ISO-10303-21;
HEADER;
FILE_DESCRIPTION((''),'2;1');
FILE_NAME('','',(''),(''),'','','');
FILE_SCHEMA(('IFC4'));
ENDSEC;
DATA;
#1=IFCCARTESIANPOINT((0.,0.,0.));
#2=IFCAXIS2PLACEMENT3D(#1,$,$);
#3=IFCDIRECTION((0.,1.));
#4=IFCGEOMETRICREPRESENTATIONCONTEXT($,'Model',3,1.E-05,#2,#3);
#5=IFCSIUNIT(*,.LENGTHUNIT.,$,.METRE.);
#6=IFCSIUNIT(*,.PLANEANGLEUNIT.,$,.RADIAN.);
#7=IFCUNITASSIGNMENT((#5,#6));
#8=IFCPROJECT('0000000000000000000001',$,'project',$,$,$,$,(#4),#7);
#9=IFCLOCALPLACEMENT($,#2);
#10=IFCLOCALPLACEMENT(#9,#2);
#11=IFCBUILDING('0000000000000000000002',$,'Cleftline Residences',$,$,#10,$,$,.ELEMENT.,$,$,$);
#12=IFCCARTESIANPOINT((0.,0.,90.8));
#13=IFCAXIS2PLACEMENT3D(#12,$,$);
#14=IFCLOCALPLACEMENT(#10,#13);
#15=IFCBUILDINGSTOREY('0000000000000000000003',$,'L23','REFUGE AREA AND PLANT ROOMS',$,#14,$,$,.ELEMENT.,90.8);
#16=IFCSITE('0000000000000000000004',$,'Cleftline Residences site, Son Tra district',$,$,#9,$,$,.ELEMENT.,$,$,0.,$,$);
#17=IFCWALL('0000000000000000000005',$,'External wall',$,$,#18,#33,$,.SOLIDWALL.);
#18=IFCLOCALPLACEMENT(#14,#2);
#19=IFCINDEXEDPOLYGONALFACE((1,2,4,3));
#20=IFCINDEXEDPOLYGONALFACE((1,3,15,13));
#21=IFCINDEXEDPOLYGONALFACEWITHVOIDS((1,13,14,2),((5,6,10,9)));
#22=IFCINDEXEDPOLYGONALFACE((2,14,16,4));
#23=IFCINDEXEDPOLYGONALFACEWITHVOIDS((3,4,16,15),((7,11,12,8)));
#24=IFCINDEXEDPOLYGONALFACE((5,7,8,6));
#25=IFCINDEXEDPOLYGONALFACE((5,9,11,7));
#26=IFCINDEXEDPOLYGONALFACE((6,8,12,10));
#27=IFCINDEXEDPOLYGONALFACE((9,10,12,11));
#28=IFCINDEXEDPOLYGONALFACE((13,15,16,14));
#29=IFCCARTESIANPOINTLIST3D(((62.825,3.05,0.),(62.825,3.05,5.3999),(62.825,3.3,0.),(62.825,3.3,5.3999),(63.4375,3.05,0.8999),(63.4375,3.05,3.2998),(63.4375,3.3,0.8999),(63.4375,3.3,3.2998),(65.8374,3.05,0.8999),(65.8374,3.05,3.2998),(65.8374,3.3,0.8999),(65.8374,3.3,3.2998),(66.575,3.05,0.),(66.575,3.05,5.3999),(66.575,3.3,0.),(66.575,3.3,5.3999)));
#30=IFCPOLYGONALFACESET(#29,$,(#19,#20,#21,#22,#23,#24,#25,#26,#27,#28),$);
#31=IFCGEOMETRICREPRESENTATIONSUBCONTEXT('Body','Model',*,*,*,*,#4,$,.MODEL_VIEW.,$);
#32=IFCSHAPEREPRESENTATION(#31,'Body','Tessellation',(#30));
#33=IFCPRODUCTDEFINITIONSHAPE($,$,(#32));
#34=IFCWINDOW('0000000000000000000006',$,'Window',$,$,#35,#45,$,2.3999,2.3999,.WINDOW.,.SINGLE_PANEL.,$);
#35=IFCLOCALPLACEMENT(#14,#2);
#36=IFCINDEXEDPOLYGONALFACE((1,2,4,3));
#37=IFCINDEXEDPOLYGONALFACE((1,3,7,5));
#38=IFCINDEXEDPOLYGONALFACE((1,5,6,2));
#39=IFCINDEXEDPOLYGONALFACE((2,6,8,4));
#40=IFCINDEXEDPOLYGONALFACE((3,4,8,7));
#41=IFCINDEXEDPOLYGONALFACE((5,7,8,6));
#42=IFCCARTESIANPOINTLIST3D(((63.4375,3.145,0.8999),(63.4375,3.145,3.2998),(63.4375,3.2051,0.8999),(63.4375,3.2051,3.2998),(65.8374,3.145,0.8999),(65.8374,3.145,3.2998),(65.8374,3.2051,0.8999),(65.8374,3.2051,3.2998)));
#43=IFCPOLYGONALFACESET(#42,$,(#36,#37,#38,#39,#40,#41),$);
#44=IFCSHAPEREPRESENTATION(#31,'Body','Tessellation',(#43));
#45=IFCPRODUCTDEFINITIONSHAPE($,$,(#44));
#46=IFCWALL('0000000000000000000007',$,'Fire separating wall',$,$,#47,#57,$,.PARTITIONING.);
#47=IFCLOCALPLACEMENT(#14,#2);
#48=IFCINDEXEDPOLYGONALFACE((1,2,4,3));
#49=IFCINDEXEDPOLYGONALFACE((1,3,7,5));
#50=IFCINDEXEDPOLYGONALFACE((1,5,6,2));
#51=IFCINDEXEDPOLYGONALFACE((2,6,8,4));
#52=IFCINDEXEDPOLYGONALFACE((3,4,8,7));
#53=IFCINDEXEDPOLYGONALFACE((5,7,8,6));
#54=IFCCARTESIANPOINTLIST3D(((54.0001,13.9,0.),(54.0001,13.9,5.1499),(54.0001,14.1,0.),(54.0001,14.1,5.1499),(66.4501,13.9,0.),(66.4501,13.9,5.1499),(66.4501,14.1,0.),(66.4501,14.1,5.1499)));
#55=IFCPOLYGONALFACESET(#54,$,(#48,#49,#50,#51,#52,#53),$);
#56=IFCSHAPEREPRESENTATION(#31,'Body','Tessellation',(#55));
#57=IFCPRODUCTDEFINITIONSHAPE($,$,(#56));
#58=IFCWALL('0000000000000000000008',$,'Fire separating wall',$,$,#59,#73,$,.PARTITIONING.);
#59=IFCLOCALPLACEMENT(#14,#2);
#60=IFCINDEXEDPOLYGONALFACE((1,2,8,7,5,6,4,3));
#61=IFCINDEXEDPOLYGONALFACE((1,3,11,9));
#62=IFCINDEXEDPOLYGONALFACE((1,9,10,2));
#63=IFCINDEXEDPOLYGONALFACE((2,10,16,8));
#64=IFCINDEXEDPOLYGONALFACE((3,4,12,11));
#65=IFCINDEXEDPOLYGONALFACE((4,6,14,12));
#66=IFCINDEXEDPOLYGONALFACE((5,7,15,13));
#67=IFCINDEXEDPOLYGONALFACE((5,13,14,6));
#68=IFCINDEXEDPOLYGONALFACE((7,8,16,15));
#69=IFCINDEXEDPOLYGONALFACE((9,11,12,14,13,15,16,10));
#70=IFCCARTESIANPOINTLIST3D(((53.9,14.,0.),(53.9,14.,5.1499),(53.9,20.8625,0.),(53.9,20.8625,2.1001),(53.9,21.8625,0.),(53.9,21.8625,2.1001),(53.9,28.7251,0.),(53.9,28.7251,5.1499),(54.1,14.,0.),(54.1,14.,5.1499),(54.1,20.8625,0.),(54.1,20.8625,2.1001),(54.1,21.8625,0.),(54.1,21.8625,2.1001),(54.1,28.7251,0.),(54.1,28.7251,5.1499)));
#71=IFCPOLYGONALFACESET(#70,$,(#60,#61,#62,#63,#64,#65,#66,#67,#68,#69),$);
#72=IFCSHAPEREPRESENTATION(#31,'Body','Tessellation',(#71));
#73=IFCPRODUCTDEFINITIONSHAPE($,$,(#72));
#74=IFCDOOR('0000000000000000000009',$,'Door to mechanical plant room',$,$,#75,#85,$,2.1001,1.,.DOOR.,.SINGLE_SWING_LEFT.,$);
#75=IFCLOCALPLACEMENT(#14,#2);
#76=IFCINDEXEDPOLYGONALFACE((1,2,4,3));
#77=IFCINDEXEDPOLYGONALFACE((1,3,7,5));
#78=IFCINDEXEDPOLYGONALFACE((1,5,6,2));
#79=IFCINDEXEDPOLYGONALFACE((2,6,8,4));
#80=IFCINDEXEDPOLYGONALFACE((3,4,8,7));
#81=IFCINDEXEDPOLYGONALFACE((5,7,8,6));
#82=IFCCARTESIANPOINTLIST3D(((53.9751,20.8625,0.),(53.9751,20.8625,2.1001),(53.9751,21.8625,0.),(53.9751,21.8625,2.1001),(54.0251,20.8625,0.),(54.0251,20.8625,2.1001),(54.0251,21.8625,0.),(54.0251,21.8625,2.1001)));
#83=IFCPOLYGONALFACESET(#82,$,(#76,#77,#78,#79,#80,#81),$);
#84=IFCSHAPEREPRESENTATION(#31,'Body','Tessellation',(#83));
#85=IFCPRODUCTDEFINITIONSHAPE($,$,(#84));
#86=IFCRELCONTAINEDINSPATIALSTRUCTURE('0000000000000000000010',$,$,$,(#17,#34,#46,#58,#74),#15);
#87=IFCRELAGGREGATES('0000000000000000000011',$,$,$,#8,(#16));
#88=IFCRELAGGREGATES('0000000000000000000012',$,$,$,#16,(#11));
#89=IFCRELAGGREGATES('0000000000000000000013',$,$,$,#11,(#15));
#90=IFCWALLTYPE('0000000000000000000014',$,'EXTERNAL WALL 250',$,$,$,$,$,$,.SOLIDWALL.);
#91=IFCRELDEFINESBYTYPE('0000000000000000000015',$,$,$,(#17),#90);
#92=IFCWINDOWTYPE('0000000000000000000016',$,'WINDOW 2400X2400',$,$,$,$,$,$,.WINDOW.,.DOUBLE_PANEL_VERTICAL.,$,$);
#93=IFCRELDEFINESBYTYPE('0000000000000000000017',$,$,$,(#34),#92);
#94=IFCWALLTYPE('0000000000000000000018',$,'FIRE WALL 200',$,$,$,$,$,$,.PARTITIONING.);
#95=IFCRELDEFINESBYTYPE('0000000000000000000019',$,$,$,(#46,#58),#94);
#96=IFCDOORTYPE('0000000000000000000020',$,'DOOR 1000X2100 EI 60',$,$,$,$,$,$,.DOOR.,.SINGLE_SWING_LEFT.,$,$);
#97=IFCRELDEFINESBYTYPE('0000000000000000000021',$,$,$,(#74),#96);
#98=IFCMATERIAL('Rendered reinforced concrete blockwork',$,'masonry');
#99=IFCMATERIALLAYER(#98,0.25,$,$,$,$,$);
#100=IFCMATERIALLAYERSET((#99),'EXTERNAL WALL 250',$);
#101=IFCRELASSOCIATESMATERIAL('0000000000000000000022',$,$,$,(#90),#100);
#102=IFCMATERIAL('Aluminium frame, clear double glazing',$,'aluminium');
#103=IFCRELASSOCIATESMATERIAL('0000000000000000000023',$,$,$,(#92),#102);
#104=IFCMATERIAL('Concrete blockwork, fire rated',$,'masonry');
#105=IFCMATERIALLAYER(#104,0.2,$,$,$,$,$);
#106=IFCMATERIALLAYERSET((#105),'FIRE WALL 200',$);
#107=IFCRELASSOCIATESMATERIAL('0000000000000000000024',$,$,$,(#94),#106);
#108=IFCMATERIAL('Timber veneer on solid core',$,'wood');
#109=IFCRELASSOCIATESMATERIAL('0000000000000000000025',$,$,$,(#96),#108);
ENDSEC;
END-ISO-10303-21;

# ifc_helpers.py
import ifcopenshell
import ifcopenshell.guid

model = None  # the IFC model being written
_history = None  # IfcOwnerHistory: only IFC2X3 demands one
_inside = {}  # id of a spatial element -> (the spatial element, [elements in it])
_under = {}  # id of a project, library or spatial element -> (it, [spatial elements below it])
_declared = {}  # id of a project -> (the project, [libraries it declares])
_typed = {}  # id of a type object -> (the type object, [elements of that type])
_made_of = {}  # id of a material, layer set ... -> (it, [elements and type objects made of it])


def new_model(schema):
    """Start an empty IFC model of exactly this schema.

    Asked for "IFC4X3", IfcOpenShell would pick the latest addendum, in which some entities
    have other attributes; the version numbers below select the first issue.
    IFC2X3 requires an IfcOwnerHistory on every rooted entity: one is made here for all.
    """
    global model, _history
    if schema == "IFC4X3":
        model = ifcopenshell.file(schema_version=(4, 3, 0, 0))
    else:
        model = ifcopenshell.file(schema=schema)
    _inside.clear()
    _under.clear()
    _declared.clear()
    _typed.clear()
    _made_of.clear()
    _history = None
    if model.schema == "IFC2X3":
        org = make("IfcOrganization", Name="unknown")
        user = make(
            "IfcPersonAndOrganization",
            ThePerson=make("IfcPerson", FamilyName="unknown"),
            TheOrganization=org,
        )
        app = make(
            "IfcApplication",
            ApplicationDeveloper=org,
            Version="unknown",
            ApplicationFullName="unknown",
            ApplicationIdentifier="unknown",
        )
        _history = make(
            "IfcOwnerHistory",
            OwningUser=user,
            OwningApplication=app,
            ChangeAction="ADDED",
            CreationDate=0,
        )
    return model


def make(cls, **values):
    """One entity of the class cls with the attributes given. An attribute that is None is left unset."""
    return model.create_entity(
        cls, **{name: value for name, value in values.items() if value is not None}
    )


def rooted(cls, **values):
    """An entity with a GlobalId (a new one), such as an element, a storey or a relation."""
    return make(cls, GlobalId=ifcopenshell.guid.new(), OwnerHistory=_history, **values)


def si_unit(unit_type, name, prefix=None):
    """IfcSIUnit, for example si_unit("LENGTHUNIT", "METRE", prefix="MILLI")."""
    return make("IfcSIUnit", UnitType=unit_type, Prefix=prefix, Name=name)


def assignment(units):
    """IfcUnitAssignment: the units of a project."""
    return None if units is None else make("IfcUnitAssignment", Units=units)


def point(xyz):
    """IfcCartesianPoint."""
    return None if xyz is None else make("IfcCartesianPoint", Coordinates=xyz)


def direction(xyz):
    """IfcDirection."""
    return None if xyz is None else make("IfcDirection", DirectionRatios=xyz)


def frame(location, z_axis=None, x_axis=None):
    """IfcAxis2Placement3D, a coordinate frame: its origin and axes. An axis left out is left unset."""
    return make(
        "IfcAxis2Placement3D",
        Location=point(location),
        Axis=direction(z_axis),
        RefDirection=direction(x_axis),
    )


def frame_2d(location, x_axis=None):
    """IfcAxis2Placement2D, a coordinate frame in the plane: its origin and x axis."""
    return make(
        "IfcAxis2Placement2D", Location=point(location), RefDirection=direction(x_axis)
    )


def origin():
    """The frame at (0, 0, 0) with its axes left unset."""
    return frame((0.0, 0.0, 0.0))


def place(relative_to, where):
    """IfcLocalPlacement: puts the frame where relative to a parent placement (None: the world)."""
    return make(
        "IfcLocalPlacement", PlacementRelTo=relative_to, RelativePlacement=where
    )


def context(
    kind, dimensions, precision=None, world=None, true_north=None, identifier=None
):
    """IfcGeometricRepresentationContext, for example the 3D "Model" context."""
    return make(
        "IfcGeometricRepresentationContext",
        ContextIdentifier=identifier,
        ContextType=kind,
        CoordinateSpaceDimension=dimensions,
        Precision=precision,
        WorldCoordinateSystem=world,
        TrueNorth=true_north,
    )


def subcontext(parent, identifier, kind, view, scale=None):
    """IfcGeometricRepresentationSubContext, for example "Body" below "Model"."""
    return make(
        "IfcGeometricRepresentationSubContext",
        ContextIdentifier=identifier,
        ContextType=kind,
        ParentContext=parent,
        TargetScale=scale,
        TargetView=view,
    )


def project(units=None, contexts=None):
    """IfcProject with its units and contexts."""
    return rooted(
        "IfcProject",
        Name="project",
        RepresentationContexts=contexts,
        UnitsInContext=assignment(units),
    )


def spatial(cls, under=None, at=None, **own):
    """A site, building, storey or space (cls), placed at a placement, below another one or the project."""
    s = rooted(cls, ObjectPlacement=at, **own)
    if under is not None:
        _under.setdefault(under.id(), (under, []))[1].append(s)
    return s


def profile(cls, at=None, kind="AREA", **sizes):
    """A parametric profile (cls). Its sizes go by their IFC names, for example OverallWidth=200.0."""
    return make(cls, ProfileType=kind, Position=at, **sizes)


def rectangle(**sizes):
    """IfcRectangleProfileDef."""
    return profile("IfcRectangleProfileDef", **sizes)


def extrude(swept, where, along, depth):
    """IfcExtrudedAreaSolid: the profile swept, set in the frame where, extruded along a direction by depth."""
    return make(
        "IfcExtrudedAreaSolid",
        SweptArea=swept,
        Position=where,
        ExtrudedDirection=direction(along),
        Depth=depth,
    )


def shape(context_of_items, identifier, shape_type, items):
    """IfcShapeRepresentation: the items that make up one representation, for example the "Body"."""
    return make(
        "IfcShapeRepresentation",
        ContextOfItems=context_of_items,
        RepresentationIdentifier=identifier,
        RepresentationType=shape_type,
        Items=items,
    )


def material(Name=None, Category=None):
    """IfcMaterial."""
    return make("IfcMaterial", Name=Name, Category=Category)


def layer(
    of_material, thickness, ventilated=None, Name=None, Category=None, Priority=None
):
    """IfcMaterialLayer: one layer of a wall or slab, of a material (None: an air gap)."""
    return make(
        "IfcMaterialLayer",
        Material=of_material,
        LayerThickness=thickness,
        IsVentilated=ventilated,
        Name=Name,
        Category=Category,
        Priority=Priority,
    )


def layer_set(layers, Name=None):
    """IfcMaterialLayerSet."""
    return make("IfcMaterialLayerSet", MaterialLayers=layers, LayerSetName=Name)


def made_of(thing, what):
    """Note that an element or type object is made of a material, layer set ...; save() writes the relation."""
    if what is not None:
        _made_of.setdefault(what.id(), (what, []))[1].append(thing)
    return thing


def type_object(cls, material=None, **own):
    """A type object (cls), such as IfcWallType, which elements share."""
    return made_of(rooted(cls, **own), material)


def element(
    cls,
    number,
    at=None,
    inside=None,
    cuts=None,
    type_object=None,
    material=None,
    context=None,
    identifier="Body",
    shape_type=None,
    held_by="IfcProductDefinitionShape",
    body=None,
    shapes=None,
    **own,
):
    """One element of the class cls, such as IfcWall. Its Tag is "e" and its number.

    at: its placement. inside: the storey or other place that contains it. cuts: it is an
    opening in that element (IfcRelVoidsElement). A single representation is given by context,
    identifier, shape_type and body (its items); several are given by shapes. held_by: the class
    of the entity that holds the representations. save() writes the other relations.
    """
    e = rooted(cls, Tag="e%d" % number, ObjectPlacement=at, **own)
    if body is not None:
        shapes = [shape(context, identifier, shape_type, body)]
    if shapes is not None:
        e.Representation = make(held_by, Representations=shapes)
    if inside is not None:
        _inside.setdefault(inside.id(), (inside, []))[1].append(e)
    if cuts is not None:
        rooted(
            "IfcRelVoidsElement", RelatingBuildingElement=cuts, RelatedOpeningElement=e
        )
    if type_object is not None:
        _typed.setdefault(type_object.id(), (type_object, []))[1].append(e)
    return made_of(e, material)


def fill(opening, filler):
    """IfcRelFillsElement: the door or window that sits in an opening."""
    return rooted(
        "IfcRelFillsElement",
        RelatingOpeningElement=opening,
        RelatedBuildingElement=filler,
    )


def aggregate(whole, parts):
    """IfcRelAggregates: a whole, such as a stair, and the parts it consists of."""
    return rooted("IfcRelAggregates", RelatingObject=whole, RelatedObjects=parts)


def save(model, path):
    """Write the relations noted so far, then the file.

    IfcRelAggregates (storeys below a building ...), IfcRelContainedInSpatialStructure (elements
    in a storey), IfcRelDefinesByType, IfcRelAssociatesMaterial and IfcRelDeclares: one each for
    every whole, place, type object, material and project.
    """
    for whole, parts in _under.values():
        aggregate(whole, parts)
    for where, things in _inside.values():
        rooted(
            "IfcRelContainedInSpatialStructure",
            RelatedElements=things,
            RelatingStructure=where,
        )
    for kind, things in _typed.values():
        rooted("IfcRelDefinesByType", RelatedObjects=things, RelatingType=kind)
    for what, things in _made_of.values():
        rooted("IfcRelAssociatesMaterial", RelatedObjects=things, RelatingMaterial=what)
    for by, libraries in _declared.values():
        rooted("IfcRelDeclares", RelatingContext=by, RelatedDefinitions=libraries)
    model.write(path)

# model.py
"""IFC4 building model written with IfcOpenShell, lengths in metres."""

from ifc_helpers import new_model, si_unit, direction, frame, frame_2d, origin, place, context, subcontext, project, spatial, rectangle, extrude, material, layer, layer_set, type_object, element, fill, save


model = new_model("IFC4")

# Units and contexts
model_context = context("Model", 3, precision=1e-05, world=origin(), true_north=direction((0.0, 1.0)))
body_context = subcontext(model_context, "Body", "Model", "MODEL_VIEW")
ifc_project = project(units=[si_unit("LENGTHUNIT", "METRE"), si_unit("PLANEANGLEUNIT", "RADIAN")], contexts=[model_context])

# Site, building, storey
site_placement = place(None, origin())
site = spatial("IfcSite", under=ifc_project, at=site_placement, Name="Cleftline Residences site, Son Tra district", CompositionType="ELEMENT", RefElevation=0.0)
building_placement = place(site_placement, origin())
building = spatial("IfcBuilding", under=site, at=building_placement, Name="Cleftline Residences", CompositionType="ELEMENT")
storey_placement = place(building_placement, frame((0.0, 0.0, 90.8)))
storey = spatial("IfcBuildingStorey", under=building, at=storey_placement, Name="L23", Description="REFUGE AREA AND PLANT ROOMS", CompositionType="ELEMENT", Elevation=90.8)

# Wall, opening, window
ifc_material_1 = material(Name="Rendered reinforced concrete blockwork", Category="masonry")
ifc_layer_1 = layer(ifc_material_1, 0.25)
ifc_layer_set_1 = layer_set([ifc_layer_1], Name="EXTERNAL WALL 250")
wall_type_1 = type_object("IfcWallType", Name="EXTERNAL WALL 250", PredefinedType="SOLIDWALL", material=ifc_layer_set_1)
ifc_material_2 = material(Name="Aluminium frame, clear double glazing", Category="aluminium")
window_type = type_object("IfcWindowType", Name="WINDOW 2400X2400", PartitioningType="DOUBLE_PANEL_VERTICAL", PredefinedType="WINDOW", material=ifc_material_2)
wall_1_placement = place(storey_placement, frame((62.825, 3.175, 0.0), z_axis=(0.0, 0.0, 1.0), x_axis=(1.0, 0.0, 0.0)))
wall_1 = element("IfcWall", 1, at=wall_1_placement, inside=storey, type_object=wall_type_1, Name="External wall", PredefinedType="SOLIDWALL", context=body_context, shape_type="SweptSolid", body=[
    extrude(rectangle(XDim=3.75, YDim=0.25, at=frame_2d((1.875, 0.0))), origin(), (0.0, 0.0, 1.0), 5.3999),
])
opening_1_placement = place(wall_1_placement, frame((0.6125, 0.0, 0.8999)))
opening_1 = element("IfcOpeningElement", 2, at=opening_1_placement, cuts=wall_1, PredefinedType="OPENING", context=body_context, shape_type="SweptSolid", body=[
    extrude(rectangle(XDim=2.3999, YDim=2.3999, at=frame_2d((1.2, 1.2))), frame((0.0, 0.135, 0.0), z_axis=(0.0, -1.0, 0.0), x_axis=(1.0, 0.0, 0.0)), (0.0, 0.0, 1.0), 0.27),
])
window_1_placement = place(opening_1_placement, origin())
window_1 = element("IfcWindow", 3, at=window_1_placement, inside=storey, type_object=window_type, Name="Window", OverallHeight=2.3999, OverallWidth=2.3999, PartitioningType="SINGLE_PANEL", PredefinedType="WINDOW", context=body_context, shape_type="SweptSolid", body=[
    extrude(rectangle(XDim=2.3999, YDim=2.3999, at=frame_2d((1.2, 1.2))), frame((0.0, 0.03, 0.0), z_axis=(0.0, -1.0, 0.0), x_axis=(1.0, 0.0, 0.0)), (0.0, 0.0, 1.0), 0.0601),
])
fill(opening_1, window_1)

# Wall
ifc_material_3 = material(Name="Concrete blockwork, fire rated", Category="masonry")
ifc_layer_2 = layer(ifc_material_3, 0.2)
ifc_layer_set_2 = layer_set([ifc_layer_2], Name="FIRE WALL 200")
wall_type_2 = type_object("IfcWallType", Name="FIRE WALL 200", PredefinedType="PARTITIONING", material=ifc_layer_set_2)
wall_2_placement = place(storey_placement, frame((54.0, 14.0, 0.0), z_axis=(0.0, 0.0, 1.0), x_axis=(1.0, 0.0, 0.0)))
element("IfcWall", 4, at=wall_2_placement, inside=storey, type_object=wall_type_2, Name="Fire separating wall", PredefinedType="PARTITIONING", context=body_context, shape_type="SweptSolid", body=[
    extrude(rectangle(XDim=12.45, YDim=0.2, at=frame_2d((6.2251, 0.0))), origin(), (0.0, 0.0, 1.0), 5.1499),
])

# Wall, opening, door
wall_3_placement = place(storey_placement, frame((54.0, 14.0, 0.0), z_axis=(0.0, 0.0, 1.0), x_axis=(0.0, 1.0, 0.0)))
wall_3 = element("IfcWall", 5, at=wall_3_placement, inside=storey, type_object=wall_type_2, Name="Fire separating wall", PredefinedType="PARTITIONING", context=body_context, shape_type="SweptSolid", body=[
    extrude(rectangle(XDim=14.7251, YDim=0.2, at=frame_2d((7.3625, 0.0))), origin(), (0.0, 0.0, 1.0), 5.1499),
])
opening_2_placement = place(wall_3_placement, frame((6.8625, 0.0, 0.0)))
opening_2 = element("IfcOpeningElement", 6, at=opening_2_placement, cuts=wall_3, PredefinedType="OPENING", context=body_context, shape_type="SweptSolid", body=[
    extrude(rectangle(XDim=1.0, YDim=2.1001, at=frame_2d((0.5, 1.05))), frame((0.0, 0.1099, 0.0), z_axis=(0.0, -1.0, 0.0), x_axis=(1.0, 0.0, 0.0)), (0.0, 0.0, 1.0), 0.22),
])
ifc_material_4 = material(Name="Timber veneer on solid core", Category="wood")
door_type = type_object("IfcDoorType", Name="DOOR 1000X2100 EI 60", OperationType="SINGLE_SWING_LEFT", PredefinedType="DOOR", material=ifc_material_4)
door_placement = place(opening_2_placement, origin())
door = element("IfcDoor", 7, at=door_placement, inside=storey, type_object=door_type, Name="Door to mechanical plant room", OperationType="SINGLE_SWING_LEFT", OverallHeight=2.1001, OverallWidth=1.0, PredefinedType="DOOR", context=body_context, shape_type="SweptSolid", body=[
    extrude(rectangle(XDim=1.0, YDim=2.1001, at=frame_2d((0.5, 1.05))), frame((0.0, 0.0249, 0.0), z_axis=(0.0, -1.0, 0.0), x_axis=(1.0, 0.0, 0.0)), (0.0, 0.0, 1.0), 0.05),
])
fill(opening_2, door)

save(model, "model.ifc")
